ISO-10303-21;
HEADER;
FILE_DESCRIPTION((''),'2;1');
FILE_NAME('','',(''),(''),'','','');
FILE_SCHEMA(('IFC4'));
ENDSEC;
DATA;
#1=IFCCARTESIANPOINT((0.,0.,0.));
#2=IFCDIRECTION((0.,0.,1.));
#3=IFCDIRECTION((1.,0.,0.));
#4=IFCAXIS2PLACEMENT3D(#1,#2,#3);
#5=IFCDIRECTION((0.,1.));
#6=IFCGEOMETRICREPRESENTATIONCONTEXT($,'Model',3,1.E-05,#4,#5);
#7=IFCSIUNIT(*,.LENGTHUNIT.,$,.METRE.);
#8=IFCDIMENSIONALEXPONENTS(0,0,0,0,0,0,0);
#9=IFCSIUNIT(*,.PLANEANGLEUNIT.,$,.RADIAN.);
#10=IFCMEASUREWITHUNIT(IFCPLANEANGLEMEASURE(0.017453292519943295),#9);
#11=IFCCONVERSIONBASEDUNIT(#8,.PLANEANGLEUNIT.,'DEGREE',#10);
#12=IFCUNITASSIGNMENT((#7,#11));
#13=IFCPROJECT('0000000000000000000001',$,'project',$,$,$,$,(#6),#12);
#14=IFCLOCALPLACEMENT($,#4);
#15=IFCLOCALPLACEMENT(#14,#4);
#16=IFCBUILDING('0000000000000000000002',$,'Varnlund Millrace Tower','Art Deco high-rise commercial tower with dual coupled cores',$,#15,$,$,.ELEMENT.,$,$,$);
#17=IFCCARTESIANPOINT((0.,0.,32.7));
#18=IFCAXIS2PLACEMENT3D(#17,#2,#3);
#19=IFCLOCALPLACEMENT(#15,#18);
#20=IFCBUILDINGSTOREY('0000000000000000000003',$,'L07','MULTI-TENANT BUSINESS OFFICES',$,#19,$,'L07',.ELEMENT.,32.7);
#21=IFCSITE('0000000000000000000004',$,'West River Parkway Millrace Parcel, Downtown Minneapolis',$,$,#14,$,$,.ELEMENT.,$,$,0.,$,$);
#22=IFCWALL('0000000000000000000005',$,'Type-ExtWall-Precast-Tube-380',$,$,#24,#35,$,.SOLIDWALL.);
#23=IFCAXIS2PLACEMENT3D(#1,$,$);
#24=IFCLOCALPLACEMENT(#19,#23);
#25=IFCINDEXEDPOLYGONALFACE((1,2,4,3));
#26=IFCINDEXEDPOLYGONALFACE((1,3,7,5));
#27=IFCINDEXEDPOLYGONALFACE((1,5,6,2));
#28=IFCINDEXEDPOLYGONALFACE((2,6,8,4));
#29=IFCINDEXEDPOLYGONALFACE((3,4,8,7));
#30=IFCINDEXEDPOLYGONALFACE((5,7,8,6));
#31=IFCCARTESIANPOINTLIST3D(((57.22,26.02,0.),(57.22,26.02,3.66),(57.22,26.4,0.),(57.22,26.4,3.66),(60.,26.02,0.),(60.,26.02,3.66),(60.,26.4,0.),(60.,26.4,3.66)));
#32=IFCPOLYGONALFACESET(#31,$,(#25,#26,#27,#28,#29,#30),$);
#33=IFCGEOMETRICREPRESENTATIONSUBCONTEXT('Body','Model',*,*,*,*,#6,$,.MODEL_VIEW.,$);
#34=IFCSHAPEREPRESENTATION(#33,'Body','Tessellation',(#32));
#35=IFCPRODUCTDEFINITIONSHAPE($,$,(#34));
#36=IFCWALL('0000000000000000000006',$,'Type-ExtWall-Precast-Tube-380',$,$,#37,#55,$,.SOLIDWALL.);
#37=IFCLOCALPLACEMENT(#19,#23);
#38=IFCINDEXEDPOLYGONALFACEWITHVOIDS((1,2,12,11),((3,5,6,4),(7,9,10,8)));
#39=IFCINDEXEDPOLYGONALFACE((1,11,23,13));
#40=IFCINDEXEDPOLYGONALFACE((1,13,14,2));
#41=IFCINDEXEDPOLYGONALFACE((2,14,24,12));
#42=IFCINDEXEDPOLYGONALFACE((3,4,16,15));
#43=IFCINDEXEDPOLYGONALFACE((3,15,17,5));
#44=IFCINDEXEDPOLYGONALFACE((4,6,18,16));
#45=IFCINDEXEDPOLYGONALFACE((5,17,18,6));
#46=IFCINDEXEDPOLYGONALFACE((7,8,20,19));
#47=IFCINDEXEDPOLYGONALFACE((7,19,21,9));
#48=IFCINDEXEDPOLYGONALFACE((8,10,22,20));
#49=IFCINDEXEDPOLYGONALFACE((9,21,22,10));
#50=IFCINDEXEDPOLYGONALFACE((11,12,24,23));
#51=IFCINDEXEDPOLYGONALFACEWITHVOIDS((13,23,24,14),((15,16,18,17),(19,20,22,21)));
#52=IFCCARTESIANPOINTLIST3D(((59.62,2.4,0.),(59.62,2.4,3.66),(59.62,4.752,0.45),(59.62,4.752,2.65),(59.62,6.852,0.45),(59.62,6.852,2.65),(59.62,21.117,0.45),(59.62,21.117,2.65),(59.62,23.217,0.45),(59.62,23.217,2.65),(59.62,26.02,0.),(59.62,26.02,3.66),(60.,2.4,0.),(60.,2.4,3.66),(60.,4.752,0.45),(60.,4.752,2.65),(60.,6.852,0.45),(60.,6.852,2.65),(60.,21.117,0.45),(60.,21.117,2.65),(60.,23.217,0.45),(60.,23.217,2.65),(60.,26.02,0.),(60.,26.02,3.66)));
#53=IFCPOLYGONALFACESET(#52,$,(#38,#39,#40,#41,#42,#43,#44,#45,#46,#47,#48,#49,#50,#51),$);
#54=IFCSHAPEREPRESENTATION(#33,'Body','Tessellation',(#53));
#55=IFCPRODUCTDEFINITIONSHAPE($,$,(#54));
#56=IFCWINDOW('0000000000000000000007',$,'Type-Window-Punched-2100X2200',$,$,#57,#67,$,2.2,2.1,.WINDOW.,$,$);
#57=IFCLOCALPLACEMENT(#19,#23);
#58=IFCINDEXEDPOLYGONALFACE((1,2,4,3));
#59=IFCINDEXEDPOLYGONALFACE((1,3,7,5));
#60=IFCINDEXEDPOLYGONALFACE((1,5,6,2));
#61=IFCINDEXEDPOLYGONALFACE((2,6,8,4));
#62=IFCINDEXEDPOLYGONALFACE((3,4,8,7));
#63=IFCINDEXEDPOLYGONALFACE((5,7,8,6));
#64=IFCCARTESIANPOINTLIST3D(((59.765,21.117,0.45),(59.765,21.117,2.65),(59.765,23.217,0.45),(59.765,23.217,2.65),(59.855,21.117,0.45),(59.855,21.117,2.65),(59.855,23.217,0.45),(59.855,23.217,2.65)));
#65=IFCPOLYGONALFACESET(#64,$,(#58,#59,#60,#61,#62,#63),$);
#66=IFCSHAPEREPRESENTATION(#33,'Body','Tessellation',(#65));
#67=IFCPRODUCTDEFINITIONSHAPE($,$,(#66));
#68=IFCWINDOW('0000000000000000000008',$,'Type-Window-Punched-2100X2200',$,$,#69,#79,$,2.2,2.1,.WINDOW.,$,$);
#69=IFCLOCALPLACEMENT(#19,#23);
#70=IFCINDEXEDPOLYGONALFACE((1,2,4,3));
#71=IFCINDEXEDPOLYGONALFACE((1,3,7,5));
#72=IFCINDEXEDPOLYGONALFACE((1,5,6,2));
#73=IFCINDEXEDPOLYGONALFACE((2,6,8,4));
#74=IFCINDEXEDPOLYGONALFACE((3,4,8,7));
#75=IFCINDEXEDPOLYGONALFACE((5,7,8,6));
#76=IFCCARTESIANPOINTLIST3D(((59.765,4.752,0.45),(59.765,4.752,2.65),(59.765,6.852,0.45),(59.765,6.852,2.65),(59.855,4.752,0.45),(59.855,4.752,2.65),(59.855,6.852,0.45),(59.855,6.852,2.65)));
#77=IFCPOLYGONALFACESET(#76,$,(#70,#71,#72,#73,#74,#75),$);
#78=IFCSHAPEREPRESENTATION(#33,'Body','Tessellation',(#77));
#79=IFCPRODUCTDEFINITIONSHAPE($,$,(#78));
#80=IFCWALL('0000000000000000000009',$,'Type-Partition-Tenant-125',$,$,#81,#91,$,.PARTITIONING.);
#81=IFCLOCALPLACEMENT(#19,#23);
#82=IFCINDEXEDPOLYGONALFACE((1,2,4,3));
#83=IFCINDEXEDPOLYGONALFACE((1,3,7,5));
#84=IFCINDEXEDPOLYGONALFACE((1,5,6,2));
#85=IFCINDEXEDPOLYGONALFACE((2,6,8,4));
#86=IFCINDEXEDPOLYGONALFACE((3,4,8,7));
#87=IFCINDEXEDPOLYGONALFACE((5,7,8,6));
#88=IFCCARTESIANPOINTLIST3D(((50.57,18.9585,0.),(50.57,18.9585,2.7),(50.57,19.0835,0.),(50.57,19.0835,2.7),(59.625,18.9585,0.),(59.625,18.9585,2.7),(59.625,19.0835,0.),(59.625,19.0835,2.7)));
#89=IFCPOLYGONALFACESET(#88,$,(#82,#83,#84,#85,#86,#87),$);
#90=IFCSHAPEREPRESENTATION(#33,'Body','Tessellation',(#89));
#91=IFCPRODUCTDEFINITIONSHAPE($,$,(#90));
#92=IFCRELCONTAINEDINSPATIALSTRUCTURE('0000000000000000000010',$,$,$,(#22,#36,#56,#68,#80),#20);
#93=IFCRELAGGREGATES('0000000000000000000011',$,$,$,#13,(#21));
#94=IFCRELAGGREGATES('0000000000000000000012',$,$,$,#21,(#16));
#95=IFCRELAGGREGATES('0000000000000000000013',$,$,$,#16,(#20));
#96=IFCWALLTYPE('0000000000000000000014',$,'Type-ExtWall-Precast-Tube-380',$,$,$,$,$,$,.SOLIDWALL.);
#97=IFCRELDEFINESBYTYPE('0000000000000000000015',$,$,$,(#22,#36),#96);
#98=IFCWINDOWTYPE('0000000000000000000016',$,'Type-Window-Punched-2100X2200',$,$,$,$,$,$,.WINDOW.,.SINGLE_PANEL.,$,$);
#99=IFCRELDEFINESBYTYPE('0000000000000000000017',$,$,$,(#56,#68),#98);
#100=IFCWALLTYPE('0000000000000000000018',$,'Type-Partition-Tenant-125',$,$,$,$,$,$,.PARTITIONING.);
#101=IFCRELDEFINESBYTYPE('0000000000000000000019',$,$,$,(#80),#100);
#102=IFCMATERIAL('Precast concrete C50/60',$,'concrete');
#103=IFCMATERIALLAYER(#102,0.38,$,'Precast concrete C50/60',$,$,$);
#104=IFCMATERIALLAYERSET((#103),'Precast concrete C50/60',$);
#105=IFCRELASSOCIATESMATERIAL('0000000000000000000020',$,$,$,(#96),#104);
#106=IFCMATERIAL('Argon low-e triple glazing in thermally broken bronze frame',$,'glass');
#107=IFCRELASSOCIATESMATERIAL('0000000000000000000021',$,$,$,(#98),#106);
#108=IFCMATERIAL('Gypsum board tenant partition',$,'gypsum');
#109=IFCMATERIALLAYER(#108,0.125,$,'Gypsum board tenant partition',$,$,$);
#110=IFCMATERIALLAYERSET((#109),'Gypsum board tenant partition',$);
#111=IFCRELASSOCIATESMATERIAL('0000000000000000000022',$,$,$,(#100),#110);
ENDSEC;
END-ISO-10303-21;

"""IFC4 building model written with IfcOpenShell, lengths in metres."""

from ifc_helpers import new_model, entity, si_unit, converted_unit, direction, frame, origin_with_axes, origin_2d_with_axis, place, context, subcontext, project, spatial, polyline, rectangle, outline, extrude, material, layer, layer_set, type_object, element, fill, save


model = new_model("IFC4")

# Units and contexts
model_context = context("Model", 3, precision=1e-05, world=origin_with_axes(), true_north=direction((0.0, 1.0)))
body_context = subcontext(model_context, "Body", "Model", "MODEL_VIEW")
ifc_project = project(units=[si_unit("LENGTHUNIT", "METRE"), converted_unit("PLANEANGLEUNIT", "DEGREE", entity("IfcPlaneAngleMeasure", 0.017453292519943295), si_unit("PLANEANGLEUNIT", "RADIAN"), dimensions=[0, 0, 0, 0, 0, 0, 0])], contexts=[model_context])

# Site, building, storey
site_placement = place(None, origin_with_axes())
site = spatial("IfcSite", under=ifc_project, at=site_placement, Name="West River Parkway Millrace Parcel, Downtown Minneapolis", CompositionType="ELEMENT", RefElevation=0.0)
building_placement = place(site_placement, origin_with_axes())
building = spatial("IfcBuilding", under=site, at=building_placement, Name="Varnlund Millrace Tower", Description="Art Deco high-rise commercial tower with dual coupled cores", CompositionType="ELEMENT")
storey_placement = place(building_placement, frame((0.0, 0.0, 32.7), z_axis=(0.0, 0.0, 1.0), x_axis=(1.0, 0.0, 0.0)))
storey = spatial("IfcBuildingStorey", under=building, at=storey_placement, Name="L07", Description="MULTI-TENANT BUSINESS OFFICES", LongName="L07", CompositionType="ELEMENT", Elevation=32.7)

# Wall
ifc_material_1 = material(Name="Precast concrete C50/60", Category="concrete")
ifc_layer_1 = layer(ifc_material_1, 0.38, Name="Precast concrete C50/60")
ifc_layer_set_1 = layer_set([ifc_layer_1], Name="Precast concrete C50/60")
wall_type_1 = type_object("IfcWallType", Name="Type-ExtWall-Precast-Tube-380", PredefinedType="SOLIDWALL", material=ifc_layer_set_1)
wall_1_placement = place(storey_placement, frame((57.22, 26.21, 0.0), z_axis=(0.0, 0.0, 1.0), x_axis=(1.0, 0.0, 0.0)))
element("IfcWall", 1, at=wall_1_placement, inside=storey, type_object=wall_type_1, Name="Type-ExtWall-Precast-Tube-380", PredefinedType="SOLIDWALL", context=body_context, shape_type="SweptSolid", body=[
    extrude(outline(polyline([(0.0, -0.19), (2.78, -0.19), (2.78, 0.19), (0.0, 0.19), (0.0, -0.19)])), origin_with_axes(), (0.0, 0.0, 1.0), 3.66),
])

# Wall, openings, windows
wall_2_placement = place(storey_placement, frame((59.81, 26.02, 0.0), z_axis=(0.0, 0.0, 1.0), x_axis=(0.0, -1.0, 0.0)))
wall_2 = element("IfcWall", 2, at=wall_2_placement, inside=storey, type_object=wall_type_1, Name="Type-ExtWall-Precast-Tube-380", PredefinedType="SOLIDWALL", context=body_context, shape_type="SweptSolid", body=[
    extrude(outline(polyline([(0.0, -0.19), (23.62, -0.19), (23.62, 0.19), (0.0, 0.19), (0.0, -0.19)])), origin_with_axes(), (0.0, 0.0, 1.0), 3.66),
])
opening_1_placement = place(wall_2_placement, frame((3.853, 0.0, 0.45), z_axis=(0.0, 0.0, 1.0), x_axis=(1.0, 0.0, 0.0)))
opening_1 = element("IfcOpeningElement", 3, at=opening_1_placement, cuts=wall_2, PredefinedType="OPENING", context=body_context, shape_type="SweptSolid", body=[
    extrude(rectangle(XDim=2.1, YDim=0.4, at=origin_2d_with_axis()), origin_with_axes(), (0.0, 0.0, 1.0), 2.2),
])
opening_2_placement = place(wall_2_placement, frame((20.218, 0.0, 0.45), z_axis=(0.0, 0.0, 1.0), x_axis=(1.0, 0.0, 0.0)))
opening_2 = element("IfcOpeningElement", 4, at=opening_2_placement, cuts=wall_2, PredefinedType="OPENING", context=body_context, shape_type="SweptSolid", body=[
    extrude(rectangle(XDim=2.1, YDim=0.4, at=origin_2d_with_axis()), origin_with_axes(), (0.0, 0.0, 1.0), 2.2),
])
ifc_material_2 = material(Name="Argon low-e triple glazing in thermally broken bronze frame", Category="glass")
window_type = type_object("IfcWindowType", Name="Type-Window-Punched-2100X2200", PartitioningType="SINGLE_PANEL", PredefinedType="WINDOW", material=ifc_material_2)
window_1_placement = place(wall_2_placement, frame((3.853, 0.0, 0.45), z_axis=(0.0, 0.0, 1.0), x_axis=(1.0, 0.0, 0.0)))
window_1 = element("IfcWindow", 5, at=window_1_placement, inside=storey, type_object=window_type, Name="Type-Window-Punched-2100X2200", OverallHeight=2.2, OverallWidth=2.1, PredefinedType="WINDOW", context=body_context, shape_type="SweptSolid", body=[
    extrude(rectangle(XDim=2.1, YDim=0.09, at=origin_2d_with_axis()), origin_with_axes(), (0.0, 0.0, 1.0), 2.2),
])
fill(opening_1, window_1)
window_2_placement = place(wall_2_placement, frame((20.218, 0.0, 0.45), z_axis=(0.0, 0.0, 1.0), x_axis=(1.0, 0.0, 0.0)))
window_2 = element("IfcWindow", 6, at=window_2_placement, inside=storey, type_object=window_type, Name="Type-Window-Punched-2100X2200", OverallHeight=2.2, OverallWidth=2.1, PredefinedType="WINDOW", context=body_context, shape_type="SweptSolid", body=[
    extrude(rectangle(XDim=2.1, YDim=0.09, at=origin_2d_with_axis()), origin_with_axes(), (0.0, 0.0, 1.0), 2.2),
])
fill(opening_2, window_2)

# Wall
ifc_material_3 = material(Name="Gypsum board tenant partition", Category="gypsum")
ifc_layer_2 = layer(ifc_material_3, 0.125, Name="Gypsum board tenant partition")
ifc_layer_set_2 = layer_set([ifc_layer_2], Name="Gypsum board tenant partition")
wall_type_2 = type_object("IfcWallType", Name="Type-Partition-Tenant-125", PredefinedType="PARTITIONING", material=ifc_layer_set_2)
wall_3_placement = place(storey_placement, frame((50.57, 19.021, 0.0), z_axis=(0.0, 0.0, 1.0), x_axis=(1.0, 0.0, 0.0)))
element("IfcWall", 7, at=wall_3_placement, inside=storey, type_object=wall_type_2, Name="Type-Partition-Tenant-125", PredefinedType="PARTITIONING", context=body_context, shape_type="SweptSolid", body=[
    extrude(outline(polyline([(0.0, -0.0625), (9.055, -0.0625), (9.055, 0.0625), (0.0, 0.0625), (0.0, -0.0625)])), origin_with_axes(), (0.0, 0.0, 1.0), 2.7),
])

save(model, "model.ifc")
